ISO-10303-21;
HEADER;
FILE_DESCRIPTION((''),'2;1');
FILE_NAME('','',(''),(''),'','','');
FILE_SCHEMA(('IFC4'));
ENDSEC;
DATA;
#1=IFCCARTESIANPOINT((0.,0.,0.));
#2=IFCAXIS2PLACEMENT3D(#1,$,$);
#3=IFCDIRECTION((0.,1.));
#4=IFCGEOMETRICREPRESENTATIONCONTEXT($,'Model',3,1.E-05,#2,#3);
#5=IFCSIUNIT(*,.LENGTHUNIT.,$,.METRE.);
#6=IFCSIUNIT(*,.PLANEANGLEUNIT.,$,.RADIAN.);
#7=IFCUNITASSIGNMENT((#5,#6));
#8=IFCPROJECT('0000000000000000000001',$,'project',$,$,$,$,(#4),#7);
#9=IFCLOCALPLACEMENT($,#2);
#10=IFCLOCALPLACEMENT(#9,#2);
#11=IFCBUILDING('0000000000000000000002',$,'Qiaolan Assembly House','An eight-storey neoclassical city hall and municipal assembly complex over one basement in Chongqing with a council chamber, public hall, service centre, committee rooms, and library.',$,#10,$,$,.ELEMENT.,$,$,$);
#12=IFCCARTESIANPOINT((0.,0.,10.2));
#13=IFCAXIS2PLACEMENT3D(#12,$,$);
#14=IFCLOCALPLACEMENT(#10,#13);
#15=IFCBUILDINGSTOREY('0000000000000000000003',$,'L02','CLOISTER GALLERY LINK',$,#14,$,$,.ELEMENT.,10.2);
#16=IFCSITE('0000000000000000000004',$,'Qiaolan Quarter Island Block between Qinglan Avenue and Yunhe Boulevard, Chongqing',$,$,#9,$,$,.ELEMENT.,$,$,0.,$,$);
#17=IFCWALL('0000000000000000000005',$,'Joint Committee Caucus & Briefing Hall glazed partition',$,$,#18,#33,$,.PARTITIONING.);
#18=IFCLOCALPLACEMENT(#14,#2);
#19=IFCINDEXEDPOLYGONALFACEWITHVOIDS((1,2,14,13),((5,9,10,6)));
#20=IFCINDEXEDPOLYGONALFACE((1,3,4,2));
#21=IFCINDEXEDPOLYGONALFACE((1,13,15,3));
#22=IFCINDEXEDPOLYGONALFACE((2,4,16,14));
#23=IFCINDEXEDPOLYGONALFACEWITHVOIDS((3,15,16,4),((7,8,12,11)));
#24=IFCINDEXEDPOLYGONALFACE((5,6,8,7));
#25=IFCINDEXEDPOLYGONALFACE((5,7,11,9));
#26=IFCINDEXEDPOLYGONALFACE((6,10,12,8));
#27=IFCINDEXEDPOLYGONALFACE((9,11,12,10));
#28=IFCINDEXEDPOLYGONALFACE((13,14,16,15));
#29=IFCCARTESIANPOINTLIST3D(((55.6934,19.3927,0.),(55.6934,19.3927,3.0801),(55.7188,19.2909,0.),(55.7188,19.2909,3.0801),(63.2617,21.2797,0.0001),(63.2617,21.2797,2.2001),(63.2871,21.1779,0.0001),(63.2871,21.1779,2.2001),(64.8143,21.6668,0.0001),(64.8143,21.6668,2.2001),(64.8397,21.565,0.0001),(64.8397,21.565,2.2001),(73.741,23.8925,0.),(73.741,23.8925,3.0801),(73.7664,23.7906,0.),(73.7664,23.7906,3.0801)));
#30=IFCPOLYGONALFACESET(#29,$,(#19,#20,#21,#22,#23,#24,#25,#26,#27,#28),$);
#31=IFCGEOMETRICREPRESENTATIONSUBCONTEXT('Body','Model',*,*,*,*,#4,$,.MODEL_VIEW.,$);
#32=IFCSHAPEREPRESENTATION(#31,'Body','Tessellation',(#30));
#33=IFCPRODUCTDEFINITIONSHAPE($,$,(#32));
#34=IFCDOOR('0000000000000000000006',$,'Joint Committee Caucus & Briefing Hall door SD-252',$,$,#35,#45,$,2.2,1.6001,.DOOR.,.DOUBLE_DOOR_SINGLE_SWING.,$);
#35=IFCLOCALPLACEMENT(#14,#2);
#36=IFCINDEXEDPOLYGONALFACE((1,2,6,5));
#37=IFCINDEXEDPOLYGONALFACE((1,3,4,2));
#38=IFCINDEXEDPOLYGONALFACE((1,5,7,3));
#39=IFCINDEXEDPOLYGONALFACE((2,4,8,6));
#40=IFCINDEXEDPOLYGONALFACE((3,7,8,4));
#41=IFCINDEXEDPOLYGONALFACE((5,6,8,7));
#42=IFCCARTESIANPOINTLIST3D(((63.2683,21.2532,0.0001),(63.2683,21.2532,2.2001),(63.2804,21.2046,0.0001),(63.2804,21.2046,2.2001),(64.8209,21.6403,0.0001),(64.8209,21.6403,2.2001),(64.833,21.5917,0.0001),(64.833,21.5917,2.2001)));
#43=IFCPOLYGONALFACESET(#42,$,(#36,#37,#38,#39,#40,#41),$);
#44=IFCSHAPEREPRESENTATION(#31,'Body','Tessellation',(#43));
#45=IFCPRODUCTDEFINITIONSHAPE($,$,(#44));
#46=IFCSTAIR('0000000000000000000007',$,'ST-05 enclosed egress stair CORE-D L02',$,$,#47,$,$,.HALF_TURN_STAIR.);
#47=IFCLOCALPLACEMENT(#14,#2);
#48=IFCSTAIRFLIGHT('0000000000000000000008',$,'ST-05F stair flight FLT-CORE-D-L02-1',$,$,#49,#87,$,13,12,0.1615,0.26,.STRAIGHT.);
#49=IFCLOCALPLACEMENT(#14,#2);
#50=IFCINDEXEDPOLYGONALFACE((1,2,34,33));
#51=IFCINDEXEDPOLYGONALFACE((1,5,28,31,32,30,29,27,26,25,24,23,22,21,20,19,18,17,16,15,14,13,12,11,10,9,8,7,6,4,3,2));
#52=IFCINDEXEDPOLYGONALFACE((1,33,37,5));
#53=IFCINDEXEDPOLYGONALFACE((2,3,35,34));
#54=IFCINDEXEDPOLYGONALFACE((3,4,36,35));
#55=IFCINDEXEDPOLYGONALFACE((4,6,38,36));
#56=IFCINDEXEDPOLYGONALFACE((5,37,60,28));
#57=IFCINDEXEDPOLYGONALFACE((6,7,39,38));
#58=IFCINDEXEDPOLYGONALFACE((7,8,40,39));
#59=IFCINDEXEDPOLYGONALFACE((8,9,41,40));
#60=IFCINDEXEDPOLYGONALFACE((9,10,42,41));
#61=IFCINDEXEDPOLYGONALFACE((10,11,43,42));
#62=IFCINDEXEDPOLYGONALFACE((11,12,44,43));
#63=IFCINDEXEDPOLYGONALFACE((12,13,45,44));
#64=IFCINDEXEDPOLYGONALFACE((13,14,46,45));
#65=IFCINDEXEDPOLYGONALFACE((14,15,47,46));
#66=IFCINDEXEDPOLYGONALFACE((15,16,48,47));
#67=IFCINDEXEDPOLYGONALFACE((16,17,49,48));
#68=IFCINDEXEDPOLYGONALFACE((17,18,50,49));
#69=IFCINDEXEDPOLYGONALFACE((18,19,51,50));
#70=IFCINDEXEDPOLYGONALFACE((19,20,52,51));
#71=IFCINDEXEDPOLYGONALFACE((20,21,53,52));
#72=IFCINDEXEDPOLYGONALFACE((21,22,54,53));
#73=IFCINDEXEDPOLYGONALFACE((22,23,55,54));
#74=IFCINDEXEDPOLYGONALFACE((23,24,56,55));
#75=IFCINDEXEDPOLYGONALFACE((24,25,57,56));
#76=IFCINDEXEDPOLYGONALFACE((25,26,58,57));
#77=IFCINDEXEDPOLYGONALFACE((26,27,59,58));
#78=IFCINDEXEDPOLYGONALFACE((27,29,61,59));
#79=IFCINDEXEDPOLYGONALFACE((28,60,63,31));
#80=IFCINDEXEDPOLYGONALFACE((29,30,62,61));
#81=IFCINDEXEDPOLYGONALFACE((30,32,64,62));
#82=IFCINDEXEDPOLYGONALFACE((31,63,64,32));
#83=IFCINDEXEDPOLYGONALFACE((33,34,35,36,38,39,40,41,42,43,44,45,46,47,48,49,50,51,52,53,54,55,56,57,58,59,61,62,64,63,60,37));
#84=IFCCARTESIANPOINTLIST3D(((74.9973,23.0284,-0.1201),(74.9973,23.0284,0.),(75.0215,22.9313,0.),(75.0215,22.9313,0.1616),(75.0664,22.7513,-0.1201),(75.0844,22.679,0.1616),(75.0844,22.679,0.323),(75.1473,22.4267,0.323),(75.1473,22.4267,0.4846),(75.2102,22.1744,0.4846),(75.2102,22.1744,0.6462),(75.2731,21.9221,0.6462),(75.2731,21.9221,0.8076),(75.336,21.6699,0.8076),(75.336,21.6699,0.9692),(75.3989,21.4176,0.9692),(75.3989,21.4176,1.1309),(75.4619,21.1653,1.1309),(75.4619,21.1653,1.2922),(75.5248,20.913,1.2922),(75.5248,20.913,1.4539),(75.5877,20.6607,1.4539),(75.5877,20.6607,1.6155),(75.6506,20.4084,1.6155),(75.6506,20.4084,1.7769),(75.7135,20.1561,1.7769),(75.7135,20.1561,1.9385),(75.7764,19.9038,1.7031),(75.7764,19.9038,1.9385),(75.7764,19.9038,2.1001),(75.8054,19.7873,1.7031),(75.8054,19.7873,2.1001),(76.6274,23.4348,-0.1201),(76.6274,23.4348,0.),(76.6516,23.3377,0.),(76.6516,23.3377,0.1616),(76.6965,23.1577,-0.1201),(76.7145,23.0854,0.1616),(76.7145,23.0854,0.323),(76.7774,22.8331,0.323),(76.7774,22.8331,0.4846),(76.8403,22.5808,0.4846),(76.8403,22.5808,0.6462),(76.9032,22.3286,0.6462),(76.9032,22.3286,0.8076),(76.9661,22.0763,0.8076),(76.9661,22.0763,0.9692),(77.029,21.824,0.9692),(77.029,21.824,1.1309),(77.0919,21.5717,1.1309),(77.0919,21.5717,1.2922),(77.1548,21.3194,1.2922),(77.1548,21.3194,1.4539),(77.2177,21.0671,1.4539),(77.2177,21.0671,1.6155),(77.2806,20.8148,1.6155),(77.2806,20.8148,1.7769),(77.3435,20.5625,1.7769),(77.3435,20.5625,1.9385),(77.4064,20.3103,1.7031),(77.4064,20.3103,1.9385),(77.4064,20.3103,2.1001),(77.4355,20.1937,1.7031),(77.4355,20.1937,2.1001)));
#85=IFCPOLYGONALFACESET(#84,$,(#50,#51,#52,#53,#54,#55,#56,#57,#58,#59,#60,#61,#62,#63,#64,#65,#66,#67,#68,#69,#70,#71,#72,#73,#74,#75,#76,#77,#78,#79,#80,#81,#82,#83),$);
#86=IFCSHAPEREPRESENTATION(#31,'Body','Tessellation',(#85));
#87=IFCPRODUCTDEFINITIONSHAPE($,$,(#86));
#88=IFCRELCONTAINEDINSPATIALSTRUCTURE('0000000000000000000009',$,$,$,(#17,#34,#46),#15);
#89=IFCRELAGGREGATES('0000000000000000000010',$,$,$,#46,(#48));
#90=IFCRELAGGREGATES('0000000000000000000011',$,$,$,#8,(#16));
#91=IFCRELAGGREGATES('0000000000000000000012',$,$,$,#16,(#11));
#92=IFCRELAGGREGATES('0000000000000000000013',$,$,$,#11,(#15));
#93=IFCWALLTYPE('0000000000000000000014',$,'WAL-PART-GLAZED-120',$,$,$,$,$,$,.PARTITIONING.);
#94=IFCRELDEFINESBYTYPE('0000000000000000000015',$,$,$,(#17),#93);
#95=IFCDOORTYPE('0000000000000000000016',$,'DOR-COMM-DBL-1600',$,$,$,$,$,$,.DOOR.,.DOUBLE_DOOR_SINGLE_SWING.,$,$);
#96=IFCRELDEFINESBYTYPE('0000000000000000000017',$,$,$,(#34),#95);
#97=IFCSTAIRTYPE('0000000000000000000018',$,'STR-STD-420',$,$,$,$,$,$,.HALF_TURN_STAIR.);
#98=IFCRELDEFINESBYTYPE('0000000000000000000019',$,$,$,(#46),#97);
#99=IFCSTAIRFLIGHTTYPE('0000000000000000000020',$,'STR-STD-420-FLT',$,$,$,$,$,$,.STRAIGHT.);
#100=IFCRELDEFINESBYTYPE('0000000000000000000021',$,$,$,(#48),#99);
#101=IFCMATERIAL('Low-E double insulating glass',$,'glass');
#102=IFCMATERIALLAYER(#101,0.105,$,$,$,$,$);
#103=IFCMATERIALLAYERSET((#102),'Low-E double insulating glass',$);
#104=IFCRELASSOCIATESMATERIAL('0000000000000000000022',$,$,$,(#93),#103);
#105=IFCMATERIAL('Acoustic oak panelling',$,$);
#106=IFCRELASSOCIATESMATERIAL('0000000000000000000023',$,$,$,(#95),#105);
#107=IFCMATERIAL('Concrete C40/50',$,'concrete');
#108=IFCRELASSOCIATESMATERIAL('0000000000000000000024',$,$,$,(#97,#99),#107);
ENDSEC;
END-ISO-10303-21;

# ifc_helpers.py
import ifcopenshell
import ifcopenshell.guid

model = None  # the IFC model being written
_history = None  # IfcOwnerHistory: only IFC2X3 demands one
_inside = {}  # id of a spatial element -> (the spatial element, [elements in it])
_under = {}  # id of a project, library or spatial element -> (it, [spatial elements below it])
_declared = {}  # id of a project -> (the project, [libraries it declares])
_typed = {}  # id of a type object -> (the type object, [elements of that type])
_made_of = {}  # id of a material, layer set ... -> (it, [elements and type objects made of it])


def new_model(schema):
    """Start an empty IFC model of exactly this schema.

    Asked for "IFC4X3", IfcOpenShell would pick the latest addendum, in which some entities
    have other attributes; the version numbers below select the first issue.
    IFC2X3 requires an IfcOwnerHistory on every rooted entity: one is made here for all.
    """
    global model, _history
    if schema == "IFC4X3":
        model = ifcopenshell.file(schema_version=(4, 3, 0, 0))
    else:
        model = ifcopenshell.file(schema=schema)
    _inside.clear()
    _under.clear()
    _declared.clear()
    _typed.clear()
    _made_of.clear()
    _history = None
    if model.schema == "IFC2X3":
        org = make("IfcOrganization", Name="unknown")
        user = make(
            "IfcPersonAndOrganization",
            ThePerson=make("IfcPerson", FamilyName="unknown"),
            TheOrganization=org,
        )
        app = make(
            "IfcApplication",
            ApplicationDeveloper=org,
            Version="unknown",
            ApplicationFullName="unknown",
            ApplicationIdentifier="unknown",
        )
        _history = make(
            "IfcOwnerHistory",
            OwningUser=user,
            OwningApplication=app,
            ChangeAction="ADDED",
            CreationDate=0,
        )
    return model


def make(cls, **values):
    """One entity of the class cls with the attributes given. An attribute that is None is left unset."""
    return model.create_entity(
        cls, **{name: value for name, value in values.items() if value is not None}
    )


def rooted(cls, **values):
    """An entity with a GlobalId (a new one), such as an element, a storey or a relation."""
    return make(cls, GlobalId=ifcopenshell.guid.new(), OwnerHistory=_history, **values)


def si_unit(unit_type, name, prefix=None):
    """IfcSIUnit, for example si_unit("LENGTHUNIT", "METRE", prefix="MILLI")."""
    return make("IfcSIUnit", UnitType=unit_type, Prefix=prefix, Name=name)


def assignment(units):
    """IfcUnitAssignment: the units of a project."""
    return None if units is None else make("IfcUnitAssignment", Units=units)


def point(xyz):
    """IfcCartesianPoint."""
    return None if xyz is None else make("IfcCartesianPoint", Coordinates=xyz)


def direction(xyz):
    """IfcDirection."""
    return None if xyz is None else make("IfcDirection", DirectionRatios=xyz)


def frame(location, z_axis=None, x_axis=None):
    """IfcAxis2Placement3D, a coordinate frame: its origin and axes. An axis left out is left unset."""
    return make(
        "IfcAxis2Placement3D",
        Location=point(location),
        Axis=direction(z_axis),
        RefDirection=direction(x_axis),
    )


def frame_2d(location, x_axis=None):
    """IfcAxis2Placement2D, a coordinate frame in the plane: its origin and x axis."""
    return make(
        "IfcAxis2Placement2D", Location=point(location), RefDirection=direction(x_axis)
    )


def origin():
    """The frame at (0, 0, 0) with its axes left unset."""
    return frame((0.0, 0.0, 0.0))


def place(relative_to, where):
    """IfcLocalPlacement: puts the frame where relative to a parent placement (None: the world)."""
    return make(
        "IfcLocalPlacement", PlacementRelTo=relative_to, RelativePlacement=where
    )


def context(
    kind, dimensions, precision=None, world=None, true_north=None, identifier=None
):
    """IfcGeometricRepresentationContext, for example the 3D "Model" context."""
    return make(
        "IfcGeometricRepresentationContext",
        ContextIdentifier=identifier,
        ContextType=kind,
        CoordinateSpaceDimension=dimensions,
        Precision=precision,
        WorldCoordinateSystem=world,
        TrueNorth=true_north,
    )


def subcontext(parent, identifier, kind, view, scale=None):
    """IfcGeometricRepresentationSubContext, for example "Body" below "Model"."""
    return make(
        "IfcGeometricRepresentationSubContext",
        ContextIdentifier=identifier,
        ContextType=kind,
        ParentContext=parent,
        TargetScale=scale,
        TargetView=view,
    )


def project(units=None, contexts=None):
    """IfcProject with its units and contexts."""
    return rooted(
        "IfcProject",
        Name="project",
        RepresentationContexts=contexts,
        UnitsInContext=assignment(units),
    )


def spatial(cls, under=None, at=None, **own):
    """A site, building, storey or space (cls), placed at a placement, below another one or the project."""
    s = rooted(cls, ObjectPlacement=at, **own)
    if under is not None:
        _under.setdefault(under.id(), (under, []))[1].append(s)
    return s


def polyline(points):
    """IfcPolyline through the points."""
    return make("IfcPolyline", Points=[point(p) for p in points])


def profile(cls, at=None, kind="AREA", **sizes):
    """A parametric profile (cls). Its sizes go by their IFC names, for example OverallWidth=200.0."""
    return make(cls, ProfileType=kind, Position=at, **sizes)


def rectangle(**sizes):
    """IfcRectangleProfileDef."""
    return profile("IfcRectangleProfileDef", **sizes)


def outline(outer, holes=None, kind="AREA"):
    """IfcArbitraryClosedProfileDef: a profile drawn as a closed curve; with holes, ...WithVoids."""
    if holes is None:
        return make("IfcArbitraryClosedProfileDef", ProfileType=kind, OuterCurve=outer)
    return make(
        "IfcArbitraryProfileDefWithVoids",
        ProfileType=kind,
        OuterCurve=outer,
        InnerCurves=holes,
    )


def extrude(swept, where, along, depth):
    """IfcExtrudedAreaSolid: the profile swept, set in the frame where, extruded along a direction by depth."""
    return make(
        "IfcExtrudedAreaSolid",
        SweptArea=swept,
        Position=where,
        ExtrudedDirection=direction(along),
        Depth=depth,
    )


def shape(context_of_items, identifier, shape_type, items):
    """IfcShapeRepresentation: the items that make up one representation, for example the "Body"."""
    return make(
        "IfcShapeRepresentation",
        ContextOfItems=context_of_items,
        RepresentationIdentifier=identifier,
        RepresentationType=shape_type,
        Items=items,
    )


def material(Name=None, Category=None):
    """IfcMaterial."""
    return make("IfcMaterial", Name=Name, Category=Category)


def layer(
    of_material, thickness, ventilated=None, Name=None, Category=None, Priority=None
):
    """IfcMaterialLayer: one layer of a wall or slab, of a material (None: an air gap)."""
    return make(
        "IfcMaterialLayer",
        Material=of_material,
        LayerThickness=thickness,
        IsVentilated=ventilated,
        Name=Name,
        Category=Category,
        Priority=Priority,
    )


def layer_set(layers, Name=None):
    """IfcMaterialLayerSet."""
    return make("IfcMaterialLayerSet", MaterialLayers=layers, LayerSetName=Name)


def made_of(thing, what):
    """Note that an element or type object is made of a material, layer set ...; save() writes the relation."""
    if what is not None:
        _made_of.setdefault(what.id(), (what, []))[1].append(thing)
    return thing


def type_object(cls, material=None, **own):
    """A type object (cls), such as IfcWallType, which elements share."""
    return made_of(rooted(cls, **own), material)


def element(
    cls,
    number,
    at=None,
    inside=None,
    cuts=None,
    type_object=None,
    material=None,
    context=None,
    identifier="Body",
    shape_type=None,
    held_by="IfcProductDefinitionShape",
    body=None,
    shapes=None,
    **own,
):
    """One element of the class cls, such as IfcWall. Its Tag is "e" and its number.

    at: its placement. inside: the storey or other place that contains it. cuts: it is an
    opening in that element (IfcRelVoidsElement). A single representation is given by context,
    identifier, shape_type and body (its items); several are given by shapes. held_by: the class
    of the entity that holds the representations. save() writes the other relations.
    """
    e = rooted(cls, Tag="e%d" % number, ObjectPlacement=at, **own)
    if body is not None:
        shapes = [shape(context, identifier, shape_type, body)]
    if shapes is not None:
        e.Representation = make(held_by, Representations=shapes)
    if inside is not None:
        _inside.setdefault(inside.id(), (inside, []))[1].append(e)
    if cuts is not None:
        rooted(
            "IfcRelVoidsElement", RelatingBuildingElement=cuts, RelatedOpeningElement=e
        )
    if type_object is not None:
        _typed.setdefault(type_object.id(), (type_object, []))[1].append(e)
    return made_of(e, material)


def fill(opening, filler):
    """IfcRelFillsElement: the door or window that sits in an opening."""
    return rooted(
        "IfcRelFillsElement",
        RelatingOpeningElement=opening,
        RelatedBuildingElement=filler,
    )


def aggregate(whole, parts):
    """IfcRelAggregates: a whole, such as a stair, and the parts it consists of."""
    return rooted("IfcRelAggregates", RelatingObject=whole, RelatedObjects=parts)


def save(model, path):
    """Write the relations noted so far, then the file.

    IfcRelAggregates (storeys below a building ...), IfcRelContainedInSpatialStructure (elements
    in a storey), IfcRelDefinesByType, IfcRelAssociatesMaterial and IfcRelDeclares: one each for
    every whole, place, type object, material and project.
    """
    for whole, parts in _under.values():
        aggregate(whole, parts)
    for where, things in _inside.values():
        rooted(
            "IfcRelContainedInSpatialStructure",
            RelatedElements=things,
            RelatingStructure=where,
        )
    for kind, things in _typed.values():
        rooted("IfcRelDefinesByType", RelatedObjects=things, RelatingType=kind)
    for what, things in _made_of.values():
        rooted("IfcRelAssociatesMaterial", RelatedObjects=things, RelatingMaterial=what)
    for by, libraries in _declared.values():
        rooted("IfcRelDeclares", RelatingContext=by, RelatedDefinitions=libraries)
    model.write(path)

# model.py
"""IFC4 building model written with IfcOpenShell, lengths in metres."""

from ifc_helpers import new_model, si_unit, direction, frame, frame_2d, origin, place, context, subcontext, project, spatial, polyline, rectangle, outline, extrude, material, layer, layer_set, type_object, element, fill, aggregate, save


model = new_model("IFC4")

# Units and contexts
model_context = context("Model", 3, precision=1e-05, world=origin(), true_north=direction((0.0, 1.0)))
body_context = subcontext(model_context, "Body", "Model", "MODEL_VIEW")
ifc_project = project(units=[si_unit("LENGTHUNIT", "METRE"), si_unit("PLANEANGLEUNIT", "RADIAN")], contexts=[model_context])

# Site, building, storey
site_placement = place(None, origin())
site = spatial("IfcSite", under=ifc_project, at=site_placement, Name="Qiaolan Quarter Island Block between Qinglan Avenue and Yunhe Boulevard, Chongqing", CompositionType="ELEMENT", RefElevation=0.0)
building_placement = place(site_placement, origin())
building = spatial("IfcBuilding", under=site, at=building_placement, Name="Qiaolan Assembly House", Description="An eight-storey neoclassical city hall and municipal assembly complex over one basement in Chongqing with a council chamber, public hall, service centre, committee rooms, and library.", CompositionType="ELEMENT")
storey_placement = place(building_placement, frame((0.0, 0.0, 10.2)))
storey = spatial("IfcBuildingStorey", under=building, at=storey_placement, Name="L02", Description="CLOISTER GALLERY LINK", CompositionType="ELEMENT", Elevation=10.2)

# Shared definitions
ifc_material_1 = material(Name="Concrete C40/50", Category="concrete")

# Wall, opening, door
ifc_material_2 = material(Name="Low-E double insulating glass", Category="glass")
ifc_layer_1 = layer(ifc_material_2, 0.105)
ifc_layer_set_1 = layer_set([ifc_layer_1], Name="Low-E double insulating glass")
wall_type_1 = type_object("IfcWallType", Name="WAL-PART-GLAZED-120", PredefinedType="PARTITIONING", material=ifc_layer_set_1)
wall_placement = place(storey_placement, frame((73.7537, 23.8416, 0.0), z_axis=(0.0, 0.0, 1.0), x_axis=(-0.970296, -0.241921, 0.0)))
wall = element("IfcWall", 1, at=wall_placement, inside=storey, type_object=wall_type_1, Name="Joint Committee Caucus & Briefing Hall glazed partition", PredefinedType="PARTITIONING", context=body_context, shape_type="SweptSolid", body=[
    extrude(rectangle(XDim=18.6001, YDim=0.105, at=frame_2d((9.3, 0.0))), origin(), (0.0, 0.0, 1.0), 3.0801),
])
opening_placement = place(wall_placement, frame((9.2, 0.0, 0.0)))
opening = element("IfcOpeningElement", 2, at=opening_placement, cuts=wall, PredefinedType="OPENING", context=body_context, shape_type="SweptSolid", body=[
    extrude(rectangle(XDim=1.6001, YDim=2.2, at=frame_2d((0.8, 1.1001))), frame((0.0, 0.0625, 0.0), z_axis=(0.0, -1.0, 0.0), x_axis=(1.0, 0.0, 0.0)), (0.0, 0.0, 1.0), 0.125),
])
ifc_material_3 = material(Name="Acoustic oak panelling")
door_type = type_object("IfcDoorType", Name="DOR-COMM-DBL-1600", OperationType="DOUBLE_DOOR_SINGLE_SWING", PredefinedType="DOOR", material=ifc_material_3)
door_placement = place(opening_placement, origin())
door = element("IfcDoor", 3, at=door_placement, inside=storey, type_object=door_type, Name="Joint Committee Caucus & Briefing Hall door SD-252", OperationType="DOUBLE_DOOR_SINGLE_SWING", OverallHeight=2.2, OverallWidth=1.6001, PredefinedType="DOOR", context=body_context, shape_type="SweptSolid", body=[
    extrude(rectangle(XDim=1.6001, YDim=2.2, at=frame_2d((0.8, 1.1001))), frame((0.0, 0.0249, 0.0), z_axis=(0.0, -1.0, 0.0), x_axis=(1.0, 0.0, 0.0)), (0.0, 0.0, 1.0), 0.05),
])
fill(opening, door)

# Stair, stair flight
stair_type = type_object("IfcStairType", Name="STR-STD-420", PredefinedType="HALF_TURN_STAIR", material=ifc_material_1)
stair_placement = place(storey_placement, origin())
stair = element("IfcStair", 4, at=stair_placement, inside=storey, type_object=stair_type, Name="ST-05 enclosed egress stair CORE-D L02", PredefinedType="HALF_TURN_STAIR")
stair_flight_type = type_object("IfcStairFlightType", Name="STR-STD-420-FLT", PredefinedType="STRAIGHT", material=ifc_material_1)
stair_flight_placement = place(storey_placement, frame((75.8367, 23.1345, 0.0), z_axis=(0.0, 0.0, 1.0), x_axis=(0.241922, -0.970296, 0.0)))
stair_flight = element("IfcStairFlight", 5, at=stair_flight_placement, type_object=stair_flight_type, Name="ST-05F stair flight FLT-CORE-D-L02-1", NumberOfRisers=13, NumberOfTreads=12, PredefinedType="STRAIGHT", RiserHeight=0.1615, TreadLength=0.26, context=body_context, shape_type="SweptSolid", body=[
    extrude(outline(polyline([(-0.1001, -0.1201), (-0.1001, 0.0), (0.0, 0.0), (0.0, 0.1616), (0.26, 0.1616), (0.26, 0.323), (0.52, 0.323), (0.52, 0.4846), (0.78, 0.4846), (0.78, 0.6462), (1.04, 0.6462), (1.04, 0.8076), (1.3, 0.8076), (1.3, 0.9692), (1.5601, 0.9692), (1.5601, 1.1309), (1.8201, 1.1309), (1.8201, 1.2922), (2.0801, 1.2922), (2.0801, 1.4539), (2.3401, 1.4539), (2.3401, 1.6155), (2.6001, 1.6155), (2.6001, 1.7769), (2.8601, 1.7769), (2.8601, 1.9385), (3.1201, 1.9385), (3.1201, 2.1001), (3.2402, 2.1001), (3.2402, 1.7031), (3.1201, 1.7031), (0.1855, -0.1201), (-0.1001, -0.1201)])), frame((0.0, 0.8398, 0.0), z_axis=(0.0, -1.0, 0.0), x_axis=(1.0, 0.0, 0.0)), (0.0, 0.0, 1.0), 1.6799),
])
aggregate(stair, [stair_flight])

save(model, "model.ifc")
